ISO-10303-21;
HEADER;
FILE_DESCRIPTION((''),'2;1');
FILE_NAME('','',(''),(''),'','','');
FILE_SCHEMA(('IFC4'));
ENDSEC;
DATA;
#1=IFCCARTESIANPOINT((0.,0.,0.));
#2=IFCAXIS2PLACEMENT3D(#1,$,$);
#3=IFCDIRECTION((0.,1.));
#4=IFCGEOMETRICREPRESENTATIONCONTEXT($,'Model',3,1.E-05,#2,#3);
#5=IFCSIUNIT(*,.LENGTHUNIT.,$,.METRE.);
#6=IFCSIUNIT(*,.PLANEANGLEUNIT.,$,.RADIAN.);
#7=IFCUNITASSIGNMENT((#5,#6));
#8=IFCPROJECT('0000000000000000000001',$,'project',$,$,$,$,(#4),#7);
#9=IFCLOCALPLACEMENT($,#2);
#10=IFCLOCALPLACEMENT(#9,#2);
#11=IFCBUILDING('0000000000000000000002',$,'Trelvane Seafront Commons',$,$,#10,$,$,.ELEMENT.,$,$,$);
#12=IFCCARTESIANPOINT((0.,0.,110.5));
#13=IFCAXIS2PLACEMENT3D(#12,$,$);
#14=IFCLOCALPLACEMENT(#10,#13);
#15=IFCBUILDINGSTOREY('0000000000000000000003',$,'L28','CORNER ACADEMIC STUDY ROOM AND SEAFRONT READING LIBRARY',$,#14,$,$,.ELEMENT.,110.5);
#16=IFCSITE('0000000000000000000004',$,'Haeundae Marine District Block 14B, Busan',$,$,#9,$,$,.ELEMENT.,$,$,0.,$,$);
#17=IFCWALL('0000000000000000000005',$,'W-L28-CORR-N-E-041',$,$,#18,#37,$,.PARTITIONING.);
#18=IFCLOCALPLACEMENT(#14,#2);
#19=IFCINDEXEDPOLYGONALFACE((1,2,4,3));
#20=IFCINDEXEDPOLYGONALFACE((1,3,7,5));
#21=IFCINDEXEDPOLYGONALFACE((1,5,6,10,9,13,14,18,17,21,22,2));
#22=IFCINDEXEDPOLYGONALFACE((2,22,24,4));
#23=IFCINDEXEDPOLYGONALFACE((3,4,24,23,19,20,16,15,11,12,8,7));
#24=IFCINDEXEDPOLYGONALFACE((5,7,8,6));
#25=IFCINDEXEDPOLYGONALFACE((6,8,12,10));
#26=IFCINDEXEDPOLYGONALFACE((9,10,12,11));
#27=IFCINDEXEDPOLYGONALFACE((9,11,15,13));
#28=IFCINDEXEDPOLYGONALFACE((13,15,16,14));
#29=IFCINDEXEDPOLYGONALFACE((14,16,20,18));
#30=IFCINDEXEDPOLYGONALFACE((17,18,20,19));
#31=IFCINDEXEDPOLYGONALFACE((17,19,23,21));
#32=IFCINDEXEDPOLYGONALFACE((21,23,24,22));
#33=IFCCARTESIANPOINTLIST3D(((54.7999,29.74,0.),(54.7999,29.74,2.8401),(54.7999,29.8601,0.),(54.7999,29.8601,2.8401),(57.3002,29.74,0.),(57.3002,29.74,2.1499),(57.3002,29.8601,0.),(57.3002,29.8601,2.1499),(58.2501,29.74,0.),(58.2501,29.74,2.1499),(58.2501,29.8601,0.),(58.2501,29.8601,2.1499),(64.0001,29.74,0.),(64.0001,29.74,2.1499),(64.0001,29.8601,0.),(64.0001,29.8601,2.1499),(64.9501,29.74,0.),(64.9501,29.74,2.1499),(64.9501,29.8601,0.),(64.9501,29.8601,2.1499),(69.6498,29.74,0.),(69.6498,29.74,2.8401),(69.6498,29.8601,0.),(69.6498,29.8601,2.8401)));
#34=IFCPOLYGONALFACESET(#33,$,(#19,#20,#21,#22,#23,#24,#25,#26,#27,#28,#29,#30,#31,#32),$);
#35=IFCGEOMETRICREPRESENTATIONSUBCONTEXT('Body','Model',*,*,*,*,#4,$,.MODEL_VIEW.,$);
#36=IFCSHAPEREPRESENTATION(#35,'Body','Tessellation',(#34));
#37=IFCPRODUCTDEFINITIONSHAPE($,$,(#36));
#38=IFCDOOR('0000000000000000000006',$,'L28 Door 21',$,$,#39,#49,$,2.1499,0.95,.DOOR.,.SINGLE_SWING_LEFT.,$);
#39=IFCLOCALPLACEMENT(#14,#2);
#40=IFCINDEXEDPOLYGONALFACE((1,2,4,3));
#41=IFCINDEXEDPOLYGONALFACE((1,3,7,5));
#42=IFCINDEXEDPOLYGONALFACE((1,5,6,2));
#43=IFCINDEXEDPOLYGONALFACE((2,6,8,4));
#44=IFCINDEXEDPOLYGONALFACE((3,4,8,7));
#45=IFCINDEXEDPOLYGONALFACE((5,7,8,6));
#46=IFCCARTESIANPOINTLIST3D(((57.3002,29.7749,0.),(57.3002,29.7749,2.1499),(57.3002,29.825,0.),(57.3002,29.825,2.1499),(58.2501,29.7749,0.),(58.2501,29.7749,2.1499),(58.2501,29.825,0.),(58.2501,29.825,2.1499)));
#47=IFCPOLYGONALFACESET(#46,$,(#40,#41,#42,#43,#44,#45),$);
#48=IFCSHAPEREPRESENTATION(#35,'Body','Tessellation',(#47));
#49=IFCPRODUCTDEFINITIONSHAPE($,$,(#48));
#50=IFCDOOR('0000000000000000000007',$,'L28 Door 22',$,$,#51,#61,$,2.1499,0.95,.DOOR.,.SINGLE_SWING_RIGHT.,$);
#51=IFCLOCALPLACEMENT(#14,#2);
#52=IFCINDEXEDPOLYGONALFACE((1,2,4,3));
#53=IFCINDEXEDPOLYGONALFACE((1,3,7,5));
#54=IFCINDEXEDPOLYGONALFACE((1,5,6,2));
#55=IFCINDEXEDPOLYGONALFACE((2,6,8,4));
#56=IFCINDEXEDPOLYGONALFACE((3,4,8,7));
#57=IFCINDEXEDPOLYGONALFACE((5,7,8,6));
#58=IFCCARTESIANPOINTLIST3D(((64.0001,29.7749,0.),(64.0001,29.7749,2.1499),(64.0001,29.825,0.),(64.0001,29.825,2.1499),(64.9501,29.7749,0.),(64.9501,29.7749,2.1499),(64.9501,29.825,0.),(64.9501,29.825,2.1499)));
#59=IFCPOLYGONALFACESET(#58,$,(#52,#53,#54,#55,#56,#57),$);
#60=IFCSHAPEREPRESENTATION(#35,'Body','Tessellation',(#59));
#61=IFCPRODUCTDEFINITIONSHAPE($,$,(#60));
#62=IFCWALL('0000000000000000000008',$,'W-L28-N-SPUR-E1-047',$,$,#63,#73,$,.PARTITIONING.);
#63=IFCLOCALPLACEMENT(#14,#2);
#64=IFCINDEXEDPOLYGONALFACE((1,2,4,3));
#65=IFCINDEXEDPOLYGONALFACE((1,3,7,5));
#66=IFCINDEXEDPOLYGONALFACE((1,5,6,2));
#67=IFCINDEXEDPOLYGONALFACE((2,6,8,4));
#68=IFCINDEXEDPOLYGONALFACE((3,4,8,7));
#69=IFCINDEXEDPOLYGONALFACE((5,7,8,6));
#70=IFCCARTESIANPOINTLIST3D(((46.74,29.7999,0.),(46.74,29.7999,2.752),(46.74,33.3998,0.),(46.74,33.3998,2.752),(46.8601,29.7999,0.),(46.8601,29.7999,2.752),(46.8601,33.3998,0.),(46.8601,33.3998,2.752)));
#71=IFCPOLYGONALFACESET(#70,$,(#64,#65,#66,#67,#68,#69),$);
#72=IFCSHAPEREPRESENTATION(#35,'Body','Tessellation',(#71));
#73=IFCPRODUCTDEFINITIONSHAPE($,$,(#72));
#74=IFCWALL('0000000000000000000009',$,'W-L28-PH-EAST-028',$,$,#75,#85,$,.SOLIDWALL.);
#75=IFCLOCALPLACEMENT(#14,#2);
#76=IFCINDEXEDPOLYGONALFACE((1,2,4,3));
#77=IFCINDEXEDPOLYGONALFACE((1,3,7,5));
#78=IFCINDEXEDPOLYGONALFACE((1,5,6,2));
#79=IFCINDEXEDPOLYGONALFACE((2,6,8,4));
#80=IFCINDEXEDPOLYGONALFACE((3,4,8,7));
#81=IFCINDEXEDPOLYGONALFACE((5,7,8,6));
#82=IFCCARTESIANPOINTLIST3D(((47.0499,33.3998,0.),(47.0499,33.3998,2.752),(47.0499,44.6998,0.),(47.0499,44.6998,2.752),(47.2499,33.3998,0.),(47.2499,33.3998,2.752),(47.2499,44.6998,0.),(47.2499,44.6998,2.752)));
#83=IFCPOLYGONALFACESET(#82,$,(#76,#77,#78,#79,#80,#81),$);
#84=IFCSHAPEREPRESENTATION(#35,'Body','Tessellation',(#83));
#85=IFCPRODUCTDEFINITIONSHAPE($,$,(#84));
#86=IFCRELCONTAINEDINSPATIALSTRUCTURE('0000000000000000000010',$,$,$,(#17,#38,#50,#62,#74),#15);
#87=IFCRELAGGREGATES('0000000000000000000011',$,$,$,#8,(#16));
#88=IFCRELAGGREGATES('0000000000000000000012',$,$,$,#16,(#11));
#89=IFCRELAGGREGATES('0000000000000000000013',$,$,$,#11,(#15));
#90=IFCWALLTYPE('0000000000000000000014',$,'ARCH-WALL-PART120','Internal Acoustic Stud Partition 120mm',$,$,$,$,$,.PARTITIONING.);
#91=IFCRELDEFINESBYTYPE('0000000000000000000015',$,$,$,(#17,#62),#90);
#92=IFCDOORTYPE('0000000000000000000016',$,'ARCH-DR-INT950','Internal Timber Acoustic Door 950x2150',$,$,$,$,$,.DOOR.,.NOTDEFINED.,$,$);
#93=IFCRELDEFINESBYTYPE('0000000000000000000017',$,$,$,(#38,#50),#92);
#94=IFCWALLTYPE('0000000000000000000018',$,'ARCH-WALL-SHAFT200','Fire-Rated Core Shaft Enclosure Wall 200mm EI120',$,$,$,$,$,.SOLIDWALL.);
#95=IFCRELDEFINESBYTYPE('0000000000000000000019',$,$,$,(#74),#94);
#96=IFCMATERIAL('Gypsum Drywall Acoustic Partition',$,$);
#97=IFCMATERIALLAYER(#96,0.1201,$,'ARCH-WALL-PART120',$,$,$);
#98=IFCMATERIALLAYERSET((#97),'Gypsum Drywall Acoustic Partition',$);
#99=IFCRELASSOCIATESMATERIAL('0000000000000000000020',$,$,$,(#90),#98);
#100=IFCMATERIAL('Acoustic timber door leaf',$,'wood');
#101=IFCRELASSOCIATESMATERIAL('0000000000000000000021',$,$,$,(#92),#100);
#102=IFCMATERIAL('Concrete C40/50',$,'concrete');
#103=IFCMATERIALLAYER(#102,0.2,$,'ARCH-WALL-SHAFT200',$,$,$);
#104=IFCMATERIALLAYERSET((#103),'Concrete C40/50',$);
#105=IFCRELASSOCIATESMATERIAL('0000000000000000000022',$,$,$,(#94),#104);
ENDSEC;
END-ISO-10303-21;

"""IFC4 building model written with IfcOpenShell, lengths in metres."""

from ifc_helpers import new_model, si_unit, direction, frame, frame_2d, origin, place, context, subcontext, project, spatial, rectangle, extrude, source, transform, mapped, material, layer, layer_set, type_object, element, fill, save


model = new_model("IFC4")

# Units and contexts
model_context = context("Model", 3, precision=1e-05, world=origin(), true_north=direction((0.0, 1.0)))
body_context = subcontext(model_context, "Body", "Model", "MODEL_VIEW")
ifc_project = project(units=[si_unit("LENGTHUNIT", "METRE"), si_unit("PLANEANGLEUNIT", "RADIAN")], contexts=[model_context])

# Site, building, storey
site_placement = place(None, origin())
site = spatial("IfcSite", under=ifc_project, at=site_placement, Name="Haeundae Marine District Block 14B, Busan", CompositionType="ELEMENT", RefElevation=0.0)
building_placement = place(site_placement, origin())
building = spatial("IfcBuilding", under=site, at=building_placement, Name="Trelvane Seafront Commons", CompositionType="ELEMENT")
storey_placement = place(building_placement, frame((0.0, 0.0, 110.5)))
storey = spatial("IfcBuildingStorey", under=building, at=storey_placement, Name="L28", Description="CORNER ACADEMIC STUDY ROOM AND SEAFRONT READING LIBRARY", CompositionType="ELEMENT", Elevation=110.5)

# Shared definitions
ifc_material_1 = material(Name="Concrete C40/50", Category="concrete")
shared_shape_1 = source(origin(), body_context, "Body", "SweptSolid", [
    extrude(rectangle(XDim=0.95, YDim=2.1499, at=frame_2d((0.4751, 1.075))), frame((0.0, 0.0249, 0.0), z_axis=(0.0, -1.0, 0.0), x_axis=(1.0, 0.0, 0.0)), (0.0, 0.0, 1.0), 0.05),
])

# Wall, openings, doors
ifc_material_2 = material(Name="Gypsum Drywall Acoustic Partition")
ifc_layer_1 = layer(ifc_material_2, 0.1201, Name="ARCH-WALL-PART120")
ifc_layer_set_1 = layer_set([ifc_layer_1], Name="Gypsum Drywall Acoustic Partition")
wall_type_1 = type_object("IfcWallType", Name="ARCH-WALL-PART120", Description="Internal Acoustic Stud Partition 120mm", PredefinedType="PARTITIONING", material=ifc_layer_set_1)
wall_1_placement = place(storey_placement, frame((54.8, 29.8, 0.0), z_axis=(0.0, 0.0, 1.0), x_axis=(1.0, 0.0, 0.0)))
wall_1 = element("IfcWall", 1, at=wall_1_placement, inside=storey, type_object=wall_type_1, Name="W-L28-CORR-N-E-041", PredefinedType="PARTITIONING", context=body_context, shape_type="SweptSolid", body=[
    extrude(rectangle(XDim=14.8499, YDim=0.1201, at=frame_2d((7.4248, 0.0))), origin(), (0.0, 0.0, 1.0), 2.8401),
])
opening_1_placement = place(wall_1_placement, frame((2.5, 0.0, 0.0)))
opening_1 = element("IfcOpeningElement", 2, at=opening_1_placement, cuts=wall_1, PredefinedType="OPENING", context=body_context, shape_type="SweptSolid", body=[
    extrude(rectangle(XDim=0.95, YDim=2.1499, at=frame_2d((0.4751, 1.075))), frame((0.0, 0.0701, 0.0), z_axis=(0.0, -1.0, 0.0), x_axis=(1.0, 0.0, 0.0)), (0.0, 0.0, 1.0), 0.1401),
])
opening_2_placement = place(wall_1_placement, frame((9.2, 0.0, 0.0)))
opening_2 = element("IfcOpeningElement", 3, at=opening_2_placement, cuts=wall_1, PredefinedType="OPENING", context=body_context, shape_type="SweptSolid", body=[
    extrude(rectangle(XDim=0.95, YDim=2.1499, at=frame_2d((0.4751, 1.075))), frame((0.0, 0.0701, 0.0), z_axis=(0.0, -1.0, 0.0), x_axis=(1.0, 0.0, 0.0)), (0.0, 0.0, 1.0), 0.1401),
])
ifc_material_3 = material(Name="Acoustic timber door leaf", Category="wood")
door_type_1 = type_object("IfcDoorType", Name="ARCH-DR-INT950", Description="Internal Timber Acoustic Door 950x2150", OperationType="NOTDEFINED", PredefinedType="DOOR", material=ifc_material_3)
door_1_placement = place(opening_1_placement, origin())
door_1 = element("IfcDoor", 4, at=door_1_placement, inside=storey, type_object=door_type_1, Name="L28 Door 21", OperationType="SINGLE_SWING_LEFT", OverallHeight=2.1499, OverallWidth=0.95, PredefinedType="DOOR", context=body_context, shape_type="MappedRepresentation", body=[
    mapped(shared_shape_1, transform((0.0, 0.0, 0.0), x_axis=(1.0, 0.0, 0.0), y_axis=(0.0, 1.0, 0.0), z_axis=(0.0, 0.0, 1.0), scale=1.0)),
])
fill(opening_1, door_1)
door_2_placement = place(opening_2_placement, origin())
door_2 = element("IfcDoor", 5, at=door_2_placement, inside=storey, type_object=door_type_1, Name="L28 Door 22", OperationType="SINGLE_SWING_RIGHT", OverallHeight=2.1499, OverallWidth=0.95, PredefinedType="DOOR", context=body_context, shape_type="MappedRepresentation", body=[
    mapped(shared_shape_1, transform((0.0, 0.0, 0.0), x_axis=(1.0, 0.0, 0.0), y_axis=(0.0, 1.0, 0.0), z_axis=(0.0, 0.0, 1.0), scale=1.0)),
])
fill(opening_2, door_2)

# Wall
wall_2_placement = place(storey_placement, frame((46.8, 29.8, 0.0), z_axis=(0.0, 0.0, 1.0), x_axis=(0.0, 1.0, 0.0)))
element("IfcWall", 6, at=wall_2_placement, inside=storey, type_object=wall_type_1, Name="W-L28-N-SPUR-E1-047", PredefinedType="PARTITIONING", context=body_context, shape_type="SweptSolid", body=[
    extrude(rectangle(XDim=3.5999, YDim=0.1201, at=frame_2d((1.7998, 0.0))), origin(), (0.0, 0.0, 1.0), 2.752),
])

# Wall
ifc_layer_2 = layer(ifc_material_1, 0.2, Name="ARCH-WALL-SHAFT200")
ifc_layer_set_2 = layer_set([ifc_layer_2], Name="Concrete C40/50")
wall_type_2 = type_object("IfcWallType", Name="ARCH-WALL-SHAFT200", Description="Fire-Rated Core Shaft Enclosure Wall 200mm EI120", PredefinedType="SOLIDWALL", material=ifc_layer_set_2)
wall_3_placement = place(storey_placement, frame((47.1499, 33.3999, 0.0), z_axis=(0.0, 0.0, 1.0), x_axis=(0.0, 1.0, 0.0)))
element("IfcWall", 7, at=wall_3_placement, inside=storey, type_object=wall_type_2, Name="W-L28-PH-EAST-028", PredefinedType="SOLIDWALL", context=body_context, shape_type="SweptSolid", body=[
    extrude(rectangle(XDim=11.3, YDim=0.2, at=frame_2d((5.6499, 0.0))), origin(), (0.0, 0.0, 1.0), 2.752),
])

save(model, "model.ifc")
